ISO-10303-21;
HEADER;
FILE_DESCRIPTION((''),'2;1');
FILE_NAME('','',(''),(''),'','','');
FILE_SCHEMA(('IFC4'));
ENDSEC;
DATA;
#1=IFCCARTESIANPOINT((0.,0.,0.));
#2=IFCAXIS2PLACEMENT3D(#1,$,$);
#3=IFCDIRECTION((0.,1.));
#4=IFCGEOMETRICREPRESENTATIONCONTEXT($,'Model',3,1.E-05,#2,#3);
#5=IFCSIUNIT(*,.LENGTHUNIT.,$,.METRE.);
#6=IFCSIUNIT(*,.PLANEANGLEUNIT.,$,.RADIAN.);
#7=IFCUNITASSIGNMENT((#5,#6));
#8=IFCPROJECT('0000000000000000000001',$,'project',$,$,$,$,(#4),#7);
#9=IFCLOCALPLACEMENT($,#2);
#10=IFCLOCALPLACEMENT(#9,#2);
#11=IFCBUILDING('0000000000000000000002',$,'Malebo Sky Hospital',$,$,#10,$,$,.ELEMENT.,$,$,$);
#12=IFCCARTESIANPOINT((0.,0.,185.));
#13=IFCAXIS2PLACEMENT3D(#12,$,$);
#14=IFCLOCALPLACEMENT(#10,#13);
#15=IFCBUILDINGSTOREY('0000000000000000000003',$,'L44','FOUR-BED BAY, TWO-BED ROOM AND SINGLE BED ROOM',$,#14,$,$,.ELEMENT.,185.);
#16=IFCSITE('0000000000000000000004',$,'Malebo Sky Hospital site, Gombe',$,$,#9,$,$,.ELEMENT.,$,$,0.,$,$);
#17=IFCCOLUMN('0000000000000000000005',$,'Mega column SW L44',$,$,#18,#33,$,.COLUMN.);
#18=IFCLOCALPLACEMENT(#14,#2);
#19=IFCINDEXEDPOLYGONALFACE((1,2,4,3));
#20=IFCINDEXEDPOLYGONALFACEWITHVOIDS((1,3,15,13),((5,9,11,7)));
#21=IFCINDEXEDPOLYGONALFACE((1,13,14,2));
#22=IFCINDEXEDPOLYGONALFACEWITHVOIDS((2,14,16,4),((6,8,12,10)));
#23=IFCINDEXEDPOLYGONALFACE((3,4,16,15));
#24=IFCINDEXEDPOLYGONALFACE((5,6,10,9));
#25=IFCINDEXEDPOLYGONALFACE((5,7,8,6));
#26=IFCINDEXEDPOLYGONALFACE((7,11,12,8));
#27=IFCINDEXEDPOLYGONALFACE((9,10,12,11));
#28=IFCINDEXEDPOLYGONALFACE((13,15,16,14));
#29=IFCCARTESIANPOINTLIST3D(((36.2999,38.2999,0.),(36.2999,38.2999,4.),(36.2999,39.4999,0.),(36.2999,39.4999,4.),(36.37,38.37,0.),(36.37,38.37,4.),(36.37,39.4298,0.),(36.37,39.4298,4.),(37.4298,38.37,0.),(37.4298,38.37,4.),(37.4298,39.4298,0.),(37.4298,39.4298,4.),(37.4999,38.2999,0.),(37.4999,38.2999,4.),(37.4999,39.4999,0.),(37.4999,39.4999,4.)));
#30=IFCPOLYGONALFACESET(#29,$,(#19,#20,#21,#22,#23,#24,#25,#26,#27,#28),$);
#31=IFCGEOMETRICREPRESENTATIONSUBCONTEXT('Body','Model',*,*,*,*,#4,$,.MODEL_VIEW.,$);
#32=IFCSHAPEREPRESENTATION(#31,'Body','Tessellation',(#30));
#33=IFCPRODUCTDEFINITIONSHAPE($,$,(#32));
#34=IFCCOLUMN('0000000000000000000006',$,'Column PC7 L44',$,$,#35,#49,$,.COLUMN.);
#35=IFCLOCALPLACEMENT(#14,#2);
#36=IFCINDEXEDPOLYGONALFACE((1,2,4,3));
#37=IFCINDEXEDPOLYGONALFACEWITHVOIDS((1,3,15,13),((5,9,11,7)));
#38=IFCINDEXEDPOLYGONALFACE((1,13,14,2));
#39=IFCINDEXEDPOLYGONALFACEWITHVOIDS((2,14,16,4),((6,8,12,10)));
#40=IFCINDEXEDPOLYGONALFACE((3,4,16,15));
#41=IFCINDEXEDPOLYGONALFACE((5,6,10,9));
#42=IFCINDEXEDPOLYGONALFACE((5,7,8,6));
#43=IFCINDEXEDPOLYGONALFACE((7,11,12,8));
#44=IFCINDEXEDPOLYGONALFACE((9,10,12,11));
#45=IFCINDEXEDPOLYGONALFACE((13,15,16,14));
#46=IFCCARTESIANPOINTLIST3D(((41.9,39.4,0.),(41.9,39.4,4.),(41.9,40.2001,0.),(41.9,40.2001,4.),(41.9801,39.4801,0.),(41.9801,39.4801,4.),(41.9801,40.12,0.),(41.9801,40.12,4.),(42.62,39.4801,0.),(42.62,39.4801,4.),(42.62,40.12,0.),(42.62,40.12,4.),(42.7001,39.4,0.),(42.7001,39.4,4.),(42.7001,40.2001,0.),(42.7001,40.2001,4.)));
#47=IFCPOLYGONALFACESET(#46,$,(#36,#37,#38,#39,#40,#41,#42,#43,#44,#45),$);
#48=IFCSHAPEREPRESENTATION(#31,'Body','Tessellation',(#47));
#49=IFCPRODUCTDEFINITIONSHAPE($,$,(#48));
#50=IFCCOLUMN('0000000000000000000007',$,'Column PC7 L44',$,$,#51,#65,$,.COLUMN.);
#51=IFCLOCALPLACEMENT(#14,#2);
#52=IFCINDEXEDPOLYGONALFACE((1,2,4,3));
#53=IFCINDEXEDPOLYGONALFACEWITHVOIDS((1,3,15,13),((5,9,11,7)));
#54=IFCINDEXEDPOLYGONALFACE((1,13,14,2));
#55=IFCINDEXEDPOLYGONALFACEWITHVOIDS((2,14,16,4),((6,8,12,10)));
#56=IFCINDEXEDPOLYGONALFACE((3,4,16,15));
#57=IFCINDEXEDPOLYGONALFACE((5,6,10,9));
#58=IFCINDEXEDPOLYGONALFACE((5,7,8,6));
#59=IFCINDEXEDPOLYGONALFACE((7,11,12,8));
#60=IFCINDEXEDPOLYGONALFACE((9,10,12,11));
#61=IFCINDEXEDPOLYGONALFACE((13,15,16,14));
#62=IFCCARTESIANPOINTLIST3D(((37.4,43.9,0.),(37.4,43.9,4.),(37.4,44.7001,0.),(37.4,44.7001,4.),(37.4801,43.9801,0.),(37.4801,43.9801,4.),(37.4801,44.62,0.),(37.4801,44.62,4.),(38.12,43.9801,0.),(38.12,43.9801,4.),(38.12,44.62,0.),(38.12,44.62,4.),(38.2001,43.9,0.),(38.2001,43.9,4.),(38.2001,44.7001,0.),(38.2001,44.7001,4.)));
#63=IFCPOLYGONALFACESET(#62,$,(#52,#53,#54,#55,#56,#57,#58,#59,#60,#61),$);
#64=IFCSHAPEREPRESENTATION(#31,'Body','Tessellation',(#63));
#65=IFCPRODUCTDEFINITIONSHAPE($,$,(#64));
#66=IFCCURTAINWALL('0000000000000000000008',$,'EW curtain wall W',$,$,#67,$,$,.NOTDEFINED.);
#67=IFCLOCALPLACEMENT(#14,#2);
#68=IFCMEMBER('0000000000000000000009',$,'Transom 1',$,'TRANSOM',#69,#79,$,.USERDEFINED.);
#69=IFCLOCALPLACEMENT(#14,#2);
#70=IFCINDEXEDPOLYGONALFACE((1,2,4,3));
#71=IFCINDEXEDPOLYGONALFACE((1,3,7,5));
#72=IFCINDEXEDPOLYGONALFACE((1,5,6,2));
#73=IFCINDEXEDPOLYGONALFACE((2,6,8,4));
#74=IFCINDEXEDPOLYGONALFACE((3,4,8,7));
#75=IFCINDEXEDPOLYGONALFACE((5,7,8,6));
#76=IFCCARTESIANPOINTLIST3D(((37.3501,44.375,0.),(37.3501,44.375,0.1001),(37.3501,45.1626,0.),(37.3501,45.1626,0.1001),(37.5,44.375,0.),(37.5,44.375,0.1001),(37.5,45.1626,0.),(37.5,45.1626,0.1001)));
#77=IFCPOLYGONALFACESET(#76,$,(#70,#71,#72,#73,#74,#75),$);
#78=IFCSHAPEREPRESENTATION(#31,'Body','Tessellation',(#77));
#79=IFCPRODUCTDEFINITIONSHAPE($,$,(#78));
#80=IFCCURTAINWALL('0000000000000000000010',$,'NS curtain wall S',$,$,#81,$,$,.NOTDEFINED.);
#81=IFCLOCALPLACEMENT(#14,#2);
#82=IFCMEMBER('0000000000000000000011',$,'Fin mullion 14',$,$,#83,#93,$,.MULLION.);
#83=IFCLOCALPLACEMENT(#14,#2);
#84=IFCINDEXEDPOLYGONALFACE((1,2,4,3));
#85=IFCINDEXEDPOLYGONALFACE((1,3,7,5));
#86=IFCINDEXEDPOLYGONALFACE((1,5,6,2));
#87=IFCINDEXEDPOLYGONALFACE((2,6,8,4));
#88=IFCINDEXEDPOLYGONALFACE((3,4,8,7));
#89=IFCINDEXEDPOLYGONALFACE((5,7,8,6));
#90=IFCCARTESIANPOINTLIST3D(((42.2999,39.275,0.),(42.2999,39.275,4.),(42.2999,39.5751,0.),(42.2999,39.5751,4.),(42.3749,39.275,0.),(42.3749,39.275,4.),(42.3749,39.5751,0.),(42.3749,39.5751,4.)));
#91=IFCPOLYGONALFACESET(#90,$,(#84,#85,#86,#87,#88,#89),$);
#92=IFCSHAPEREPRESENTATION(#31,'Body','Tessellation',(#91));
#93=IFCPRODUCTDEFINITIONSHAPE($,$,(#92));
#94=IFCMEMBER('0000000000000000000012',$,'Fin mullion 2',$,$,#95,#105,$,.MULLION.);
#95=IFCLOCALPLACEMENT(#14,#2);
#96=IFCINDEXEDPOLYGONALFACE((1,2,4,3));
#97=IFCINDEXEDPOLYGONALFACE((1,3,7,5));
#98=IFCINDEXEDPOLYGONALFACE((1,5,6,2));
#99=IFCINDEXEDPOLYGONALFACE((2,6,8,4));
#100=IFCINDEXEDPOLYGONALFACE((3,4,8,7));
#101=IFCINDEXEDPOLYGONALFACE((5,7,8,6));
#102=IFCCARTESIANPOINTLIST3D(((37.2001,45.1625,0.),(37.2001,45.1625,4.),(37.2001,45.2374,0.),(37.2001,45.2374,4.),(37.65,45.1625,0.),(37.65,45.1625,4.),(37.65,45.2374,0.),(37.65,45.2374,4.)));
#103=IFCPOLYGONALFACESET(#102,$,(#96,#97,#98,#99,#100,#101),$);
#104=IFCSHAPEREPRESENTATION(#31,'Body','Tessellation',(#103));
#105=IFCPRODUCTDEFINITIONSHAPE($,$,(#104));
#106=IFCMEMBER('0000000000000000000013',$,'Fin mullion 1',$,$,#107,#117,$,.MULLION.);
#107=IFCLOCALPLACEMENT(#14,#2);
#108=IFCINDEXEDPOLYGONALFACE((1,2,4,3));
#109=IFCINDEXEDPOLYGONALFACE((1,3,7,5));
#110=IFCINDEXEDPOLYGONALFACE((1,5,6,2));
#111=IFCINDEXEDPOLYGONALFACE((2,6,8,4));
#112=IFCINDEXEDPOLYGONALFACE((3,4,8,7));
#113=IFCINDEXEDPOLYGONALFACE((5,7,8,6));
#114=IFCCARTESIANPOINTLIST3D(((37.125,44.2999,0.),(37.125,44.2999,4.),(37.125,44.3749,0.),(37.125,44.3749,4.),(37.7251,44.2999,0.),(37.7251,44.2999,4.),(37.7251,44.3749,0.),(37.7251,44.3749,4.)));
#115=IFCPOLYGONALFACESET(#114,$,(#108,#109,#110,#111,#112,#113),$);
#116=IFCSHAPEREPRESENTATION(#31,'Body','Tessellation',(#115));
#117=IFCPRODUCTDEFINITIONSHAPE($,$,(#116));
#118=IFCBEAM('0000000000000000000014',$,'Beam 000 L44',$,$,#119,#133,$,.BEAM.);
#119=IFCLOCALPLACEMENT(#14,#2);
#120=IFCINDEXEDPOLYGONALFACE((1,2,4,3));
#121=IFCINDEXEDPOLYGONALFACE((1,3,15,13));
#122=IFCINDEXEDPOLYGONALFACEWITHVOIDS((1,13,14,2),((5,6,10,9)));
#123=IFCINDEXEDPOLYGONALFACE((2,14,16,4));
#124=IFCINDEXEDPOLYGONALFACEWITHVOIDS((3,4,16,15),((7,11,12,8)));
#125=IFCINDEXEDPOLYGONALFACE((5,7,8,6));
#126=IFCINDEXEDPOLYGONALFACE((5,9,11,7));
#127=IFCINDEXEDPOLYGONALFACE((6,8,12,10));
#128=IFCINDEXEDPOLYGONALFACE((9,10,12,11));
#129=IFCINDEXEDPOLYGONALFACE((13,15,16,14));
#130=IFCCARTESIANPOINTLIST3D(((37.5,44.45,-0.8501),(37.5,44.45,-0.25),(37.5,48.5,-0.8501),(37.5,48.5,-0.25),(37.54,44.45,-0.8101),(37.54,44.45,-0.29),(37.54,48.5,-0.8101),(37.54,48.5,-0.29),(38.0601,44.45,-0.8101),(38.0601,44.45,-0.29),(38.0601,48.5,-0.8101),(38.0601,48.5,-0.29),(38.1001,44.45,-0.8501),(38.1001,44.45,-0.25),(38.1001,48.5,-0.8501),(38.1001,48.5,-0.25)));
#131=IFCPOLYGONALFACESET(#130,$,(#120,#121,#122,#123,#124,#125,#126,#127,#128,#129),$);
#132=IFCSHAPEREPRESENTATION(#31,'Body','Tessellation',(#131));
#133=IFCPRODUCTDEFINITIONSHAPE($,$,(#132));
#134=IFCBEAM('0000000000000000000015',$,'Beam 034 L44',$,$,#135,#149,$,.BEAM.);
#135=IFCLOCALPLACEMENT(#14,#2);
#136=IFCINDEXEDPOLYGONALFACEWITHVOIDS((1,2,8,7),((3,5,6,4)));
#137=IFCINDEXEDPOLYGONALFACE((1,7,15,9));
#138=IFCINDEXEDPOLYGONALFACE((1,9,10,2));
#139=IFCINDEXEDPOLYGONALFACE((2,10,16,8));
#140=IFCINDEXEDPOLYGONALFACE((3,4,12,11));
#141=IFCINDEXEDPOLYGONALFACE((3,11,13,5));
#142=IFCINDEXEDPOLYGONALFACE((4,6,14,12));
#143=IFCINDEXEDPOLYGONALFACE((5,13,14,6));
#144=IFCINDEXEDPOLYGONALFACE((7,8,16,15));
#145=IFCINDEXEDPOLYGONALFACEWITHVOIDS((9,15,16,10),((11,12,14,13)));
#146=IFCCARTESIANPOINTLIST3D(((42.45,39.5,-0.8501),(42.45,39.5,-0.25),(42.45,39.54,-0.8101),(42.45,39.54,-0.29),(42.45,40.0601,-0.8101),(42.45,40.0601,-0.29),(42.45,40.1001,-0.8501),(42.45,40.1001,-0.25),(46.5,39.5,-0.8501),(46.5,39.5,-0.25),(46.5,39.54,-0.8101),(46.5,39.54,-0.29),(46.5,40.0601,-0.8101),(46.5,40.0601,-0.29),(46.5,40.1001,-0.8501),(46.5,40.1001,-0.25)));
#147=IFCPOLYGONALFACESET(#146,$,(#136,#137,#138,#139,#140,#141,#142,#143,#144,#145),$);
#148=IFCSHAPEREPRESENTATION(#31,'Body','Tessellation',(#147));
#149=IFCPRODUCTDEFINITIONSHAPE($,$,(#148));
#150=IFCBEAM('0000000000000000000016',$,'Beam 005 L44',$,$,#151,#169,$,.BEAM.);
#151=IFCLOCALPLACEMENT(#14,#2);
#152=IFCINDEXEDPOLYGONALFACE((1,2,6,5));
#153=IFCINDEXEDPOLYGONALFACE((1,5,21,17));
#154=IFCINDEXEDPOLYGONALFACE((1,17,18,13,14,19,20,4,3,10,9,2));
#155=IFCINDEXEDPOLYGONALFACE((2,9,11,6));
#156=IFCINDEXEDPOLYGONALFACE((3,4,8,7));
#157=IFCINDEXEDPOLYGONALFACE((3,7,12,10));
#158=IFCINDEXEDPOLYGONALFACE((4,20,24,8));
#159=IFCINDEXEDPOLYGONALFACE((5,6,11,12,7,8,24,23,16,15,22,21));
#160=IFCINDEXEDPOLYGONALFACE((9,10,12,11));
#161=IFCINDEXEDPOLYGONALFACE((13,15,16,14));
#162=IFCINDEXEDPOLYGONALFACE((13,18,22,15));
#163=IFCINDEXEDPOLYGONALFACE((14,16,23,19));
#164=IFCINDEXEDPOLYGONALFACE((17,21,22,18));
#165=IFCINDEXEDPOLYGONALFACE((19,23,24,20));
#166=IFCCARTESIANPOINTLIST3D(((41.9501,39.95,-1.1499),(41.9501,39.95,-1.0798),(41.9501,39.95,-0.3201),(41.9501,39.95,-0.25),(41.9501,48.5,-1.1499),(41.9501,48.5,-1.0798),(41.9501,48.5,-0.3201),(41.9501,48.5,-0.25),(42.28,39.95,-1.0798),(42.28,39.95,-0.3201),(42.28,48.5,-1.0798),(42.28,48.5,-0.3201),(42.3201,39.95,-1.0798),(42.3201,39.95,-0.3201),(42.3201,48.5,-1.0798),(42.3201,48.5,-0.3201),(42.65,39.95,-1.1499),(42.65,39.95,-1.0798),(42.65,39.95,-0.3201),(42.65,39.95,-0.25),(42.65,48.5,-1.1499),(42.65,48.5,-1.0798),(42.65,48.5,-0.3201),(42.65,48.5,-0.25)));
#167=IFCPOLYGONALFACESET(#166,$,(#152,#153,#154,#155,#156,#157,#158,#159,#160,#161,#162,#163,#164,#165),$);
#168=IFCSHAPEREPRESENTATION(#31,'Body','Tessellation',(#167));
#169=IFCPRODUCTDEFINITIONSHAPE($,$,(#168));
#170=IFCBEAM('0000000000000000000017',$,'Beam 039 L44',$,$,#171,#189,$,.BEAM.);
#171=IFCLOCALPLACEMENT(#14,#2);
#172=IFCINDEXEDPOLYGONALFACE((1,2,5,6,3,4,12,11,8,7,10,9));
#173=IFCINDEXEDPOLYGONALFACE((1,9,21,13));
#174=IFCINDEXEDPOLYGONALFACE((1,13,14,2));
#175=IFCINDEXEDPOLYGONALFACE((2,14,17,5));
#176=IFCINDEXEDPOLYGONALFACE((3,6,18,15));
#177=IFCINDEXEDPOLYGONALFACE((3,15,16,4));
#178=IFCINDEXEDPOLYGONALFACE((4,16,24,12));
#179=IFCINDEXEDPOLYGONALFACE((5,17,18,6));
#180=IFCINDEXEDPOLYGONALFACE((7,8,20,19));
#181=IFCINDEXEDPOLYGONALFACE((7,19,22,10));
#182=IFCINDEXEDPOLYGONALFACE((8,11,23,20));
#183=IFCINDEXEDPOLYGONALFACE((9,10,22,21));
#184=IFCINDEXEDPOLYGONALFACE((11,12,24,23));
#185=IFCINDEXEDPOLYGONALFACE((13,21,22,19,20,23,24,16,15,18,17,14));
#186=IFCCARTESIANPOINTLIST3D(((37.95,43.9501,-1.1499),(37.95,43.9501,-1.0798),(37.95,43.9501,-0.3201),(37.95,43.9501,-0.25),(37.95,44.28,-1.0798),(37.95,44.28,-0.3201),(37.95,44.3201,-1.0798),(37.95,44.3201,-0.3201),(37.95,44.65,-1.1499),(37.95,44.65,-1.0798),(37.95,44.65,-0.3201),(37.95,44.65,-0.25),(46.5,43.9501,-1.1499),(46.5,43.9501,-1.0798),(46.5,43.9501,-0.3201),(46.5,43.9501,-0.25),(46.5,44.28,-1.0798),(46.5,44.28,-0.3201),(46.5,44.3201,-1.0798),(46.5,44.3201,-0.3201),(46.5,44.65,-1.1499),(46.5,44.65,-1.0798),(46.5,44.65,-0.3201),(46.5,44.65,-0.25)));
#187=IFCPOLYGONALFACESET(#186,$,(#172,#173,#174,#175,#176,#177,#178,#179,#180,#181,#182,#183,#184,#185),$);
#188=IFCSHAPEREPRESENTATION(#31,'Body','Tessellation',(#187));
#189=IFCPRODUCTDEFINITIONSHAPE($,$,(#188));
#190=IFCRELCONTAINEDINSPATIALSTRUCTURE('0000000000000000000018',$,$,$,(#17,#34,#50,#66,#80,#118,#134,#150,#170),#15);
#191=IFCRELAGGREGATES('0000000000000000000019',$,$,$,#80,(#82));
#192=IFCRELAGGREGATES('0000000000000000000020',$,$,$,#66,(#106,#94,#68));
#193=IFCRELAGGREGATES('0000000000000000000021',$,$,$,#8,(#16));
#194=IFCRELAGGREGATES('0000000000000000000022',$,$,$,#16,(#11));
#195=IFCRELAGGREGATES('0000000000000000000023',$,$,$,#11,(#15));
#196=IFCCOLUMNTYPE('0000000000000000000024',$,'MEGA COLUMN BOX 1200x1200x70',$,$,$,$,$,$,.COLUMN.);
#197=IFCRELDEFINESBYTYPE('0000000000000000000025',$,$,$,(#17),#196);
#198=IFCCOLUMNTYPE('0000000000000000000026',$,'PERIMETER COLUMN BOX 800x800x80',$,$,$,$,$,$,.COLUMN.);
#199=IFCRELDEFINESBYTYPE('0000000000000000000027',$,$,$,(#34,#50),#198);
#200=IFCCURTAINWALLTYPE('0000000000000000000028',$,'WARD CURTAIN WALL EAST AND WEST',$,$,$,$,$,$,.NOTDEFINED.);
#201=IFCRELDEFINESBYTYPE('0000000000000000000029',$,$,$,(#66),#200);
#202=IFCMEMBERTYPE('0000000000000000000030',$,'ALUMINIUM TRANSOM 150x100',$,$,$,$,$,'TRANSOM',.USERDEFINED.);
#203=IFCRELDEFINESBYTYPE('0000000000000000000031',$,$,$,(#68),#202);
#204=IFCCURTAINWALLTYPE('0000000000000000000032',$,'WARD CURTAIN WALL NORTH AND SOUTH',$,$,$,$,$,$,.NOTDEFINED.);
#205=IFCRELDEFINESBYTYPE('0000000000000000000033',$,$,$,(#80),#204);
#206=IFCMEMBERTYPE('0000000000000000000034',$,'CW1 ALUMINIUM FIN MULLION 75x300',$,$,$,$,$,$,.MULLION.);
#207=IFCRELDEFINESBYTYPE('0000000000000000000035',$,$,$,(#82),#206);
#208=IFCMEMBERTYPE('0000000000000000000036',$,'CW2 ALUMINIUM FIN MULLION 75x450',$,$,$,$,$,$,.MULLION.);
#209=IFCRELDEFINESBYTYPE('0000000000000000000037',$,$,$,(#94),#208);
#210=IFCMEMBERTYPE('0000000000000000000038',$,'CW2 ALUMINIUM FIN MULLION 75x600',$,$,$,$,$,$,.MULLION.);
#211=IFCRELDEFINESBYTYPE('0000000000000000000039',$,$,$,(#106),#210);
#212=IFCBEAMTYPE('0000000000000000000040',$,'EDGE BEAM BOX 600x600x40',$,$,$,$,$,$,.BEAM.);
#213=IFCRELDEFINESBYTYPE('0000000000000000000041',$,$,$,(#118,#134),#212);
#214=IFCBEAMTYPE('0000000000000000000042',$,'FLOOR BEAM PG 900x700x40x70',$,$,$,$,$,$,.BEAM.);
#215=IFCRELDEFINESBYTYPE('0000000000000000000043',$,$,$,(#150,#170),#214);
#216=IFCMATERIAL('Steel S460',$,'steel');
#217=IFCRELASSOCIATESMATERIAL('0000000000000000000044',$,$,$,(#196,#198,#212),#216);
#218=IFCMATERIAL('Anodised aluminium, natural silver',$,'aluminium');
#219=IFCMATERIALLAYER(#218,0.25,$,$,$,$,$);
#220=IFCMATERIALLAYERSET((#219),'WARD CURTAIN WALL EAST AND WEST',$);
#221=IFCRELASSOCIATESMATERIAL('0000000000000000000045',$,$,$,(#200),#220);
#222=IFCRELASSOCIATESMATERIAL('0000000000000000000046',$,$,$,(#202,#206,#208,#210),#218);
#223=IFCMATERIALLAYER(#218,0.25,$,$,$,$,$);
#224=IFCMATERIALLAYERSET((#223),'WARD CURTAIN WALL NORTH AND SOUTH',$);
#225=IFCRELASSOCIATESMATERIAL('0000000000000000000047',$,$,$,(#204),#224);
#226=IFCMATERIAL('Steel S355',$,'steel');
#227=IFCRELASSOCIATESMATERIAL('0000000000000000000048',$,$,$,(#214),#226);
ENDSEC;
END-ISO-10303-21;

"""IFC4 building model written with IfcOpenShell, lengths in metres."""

from ifc_helpers import new_model, si_unit, direction, frame, origin, origin_2d, place, context, subcontext, project, spatial, rectangle, hollow_rectangle, i_section, extrude, material, layer, layer_set, material_profile, profile_set, type_object, element, aggregate, save


model = new_model("IFC4")

# Units and contexts
model_context = context("Model", 3, precision=1e-05, world=origin(), true_north=direction((0.0, 1.0)))
body_context = subcontext(model_context, "Body", "Model", "MODEL_VIEW")
ifc_project = project(units=[si_unit("LENGTHUNIT", "METRE"), si_unit("PLANEANGLEUNIT", "RADIAN")], contexts=[model_context])

# Site, building, storey
site_placement = place(None, origin())
site = spatial("IfcSite", under=ifc_project, at=site_placement, Name="Malebo Sky Hospital site, Gombe", CompositionType="ELEMENT", RefElevation=0.0)
building_placement = place(site_placement, origin())
building = spatial("IfcBuilding", under=site, at=building_placement, Name="Malebo Sky Hospital", CompositionType="ELEMENT")
storey_placement = place(building_placement, frame((0.0, 0.0, 185.0)))
storey = spatial("IfcBuildingStorey", under=building, at=storey_placement, Name="L44", Description="FOUR-BED BAY, TWO-BED ROOM AND SINGLE BED ROOM", CompositionType="ELEMENT", Elevation=185.0)

# Columns
ifc_material_1 = material(Name="Steel S460", Category="steel")
ifc_material_profile_1 = material_profile(ifc_material_1, hollow_rectangle(XDim=1.2, YDim=1.2, WallThickness=0.0701, at=origin_2d()), Name="BOX 1200x1200x70")
ifc_profile_set_1 = profile_set([ifc_material_profile_1], Name="Steel S460")
column_type_1 = type_object("IfcColumnType", Name="MEGA COLUMN BOX 1200x1200x70", PredefinedType="COLUMN", material=ifc_profile_set_1)
column_placement = place(storey_placement, frame((36.8999, 38.8999, 0.0), z_axis=(0.0, 0.0, 1.0), x_axis=(1.0, 0.0, 0.0)))
element("IfcColumn", 1, at=column_placement, inside=storey, type_object=column_type_1, Name="Mega column SW L44", PredefinedType="COLUMN", context=body_context, shape_type="SweptSolid", body=[
    extrude(hollow_rectangle(XDim=1.2, YDim=1.2, WallThickness=0.0701, at=origin_2d()), origin(), (0.0, 0.0, 1.0), 4.0),
])
ifc_material_profile_2 = material_profile(ifc_material_1, hollow_rectangle(XDim=0.8, YDim=0.8, WallThickness=0.0801, at=origin_2d()), Name="BOX 800x800x80")
ifc_profile_set_2 = profile_set([ifc_material_profile_2], Name="Steel S460")
column_type_2 = type_object("IfcColumnType", Name="PERIMETER COLUMN BOX 800x800x80", PredefinedType="COLUMN", material=ifc_profile_set_2)
for number, where, z_axis, x_axis, name in (
    (2, (42.3, 39.8, 0.0), (0.0, 0.0, 1.0), (1.0, 0.0, 0.0), "Column PC7 L44"),
    (3, (37.8, 44.3, 0.0), (0.0, 0.0, 1.0), (1.0, 0.0, 0.0), "Column PC7 L44"),
):
    element("IfcColumn", number, at=place(storey_placement, frame(where, z_axis=z_axis, x_axis=x_axis)), inside=storey, type_object=column_type_2, Name=name, PredefinedType="COLUMN", context=body_context, shape_type="SweptSolid", body=[
        extrude(hollow_rectangle(XDim=0.8, YDim=0.8, WallThickness=0.0801, at=origin_2d()), origin(), (0.0, 0.0, 1.0), 4.0),
    ])

# Curtain walls, members
ifc_material_2 = material(Name="Anodised aluminium, natural silver", Category="aluminium")
ifc_layer_1 = layer(ifc_material_2, 0.25)
ifc_layer_set_1 = layer_set([ifc_layer_1], Name="WARD CURTAIN WALL EAST AND WEST")
curtain_wall_type_1 = type_object("IfcCurtainWallType", Name="WARD CURTAIN WALL EAST AND WEST", PredefinedType="NOTDEFINED", material=ifc_layer_set_1)
curtain_wall_1_placement = place(storey_placement, origin())
curtain_wall_1 = element("IfcCurtainWall", 4, at=curtain_wall_1_placement, inside=storey, type_object=curtain_wall_type_1, Name="EW curtain wall W", PredefinedType="NOTDEFINED")
ifc_material_profile_3 = material_profile(ifc_material_2, rectangle(XDim=0.1499, YDim=0.1001, at=origin_2d()), Name="ALUMINIUM TRANSOM 150x100")
ifc_profile_set_3 = profile_set([ifc_material_profile_3], Name="Anodised aluminium, natural silver")
member_type_1 = type_object("IfcMemberType", Name="ALUMINIUM TRANSOM 150x100", ElementType="TRANSOM", PredefinedType="USERDEFINED", material=ifc_profile_set_3)
member_1_placement = place(storey_placement, frame((37.425, 44.375, 0.05), z_axis=(0.0, 1.0, 0.0), x_axis=(-1.0, 0.0, 0.0)))
member_1 = element("IfcMember", 5, at=member_1_placement, type_object=member_type_1, Name="Transom 1", ObjectType="TRANSOM", PredefinedType="USERDEFINED", context=body_context, shape_type="SweptSolid", body=[
    extrude(rectangle(XDim=0.1499, YDim=0.1001, at=origin_2d()), origin(), (0.0, 0.0, 1.0), 0.7876),
])
ifc_layer_2 = layer(ifc_material_2, 0.25)
ifc_layer_set_2 = layer_set([ifc_layer_2], Name="WARD CURTAIN WALL NORTH AND SOUTH")
curtain_wall_type_2 = type_object("IfcCurtainWallType", Name="WARD CURTAIN WALL NORTH AND SOUTH", PredefinedType="NOTDEFINED", material=ifc_layer_set_2)
curtain_wall_2_placement = place(storey_placement, origin())
curtain_wall_2 = element("IfcCurtainWall", 6, at=curtain_wall_2_placement, inside=storey, type_object=curtain_wall_type_2, Name="NS curtain wall S", PredefinedType="NOTDEFINED")
ifc_material_profile_4 = material_profile(ifc_material_2, rectangle(XDim=0.075, YDim=0.3, at=origin_2d()), Name="CW1 ALUMINIUM FIN MULLION 75x300")
ifc_profile_set_4 = profile_set([ifc_material_profile_4], Name="Anodised aluminium, natural silver")
member_type_2 = type_object("IfcMemberType", Name="CW1 ALUMINIUM FIN MULLION 75x300", PredefinedType="MULLION", material=ifc_profile_set_4)
member_2_placement = place(storey_placement, frame((42.3374, 39.425, 0.0), z_axis=(0.0, 0.0, 1.0), x_axis=(-1.0, 0.0, 0.0)))
member_2 = element("IfcMember", 7, at=member_2_placement, type_object=member_type_2, Name="Fin mullion 14", PredefinedType="MULLION", context=body_context, shape_type="SweptSolid", body=[
    extrude(rectangle(XDim=0.075, YDim=0.3, at=origin_2d()), origin(), (0.0, 0.0, 1.0), 4.0),
])
aggregate(curtain_wall_2, [member_2])

# Members
ifc_material_profile_5 = material_profile(ifc_material_2, rectangle(XDim=0.075, YDim=0.45, at=origin_2d()), Name="CW2 ALUMINIUM FIN MULLION 75x450")
ifc_profile_set_5 = profile_set([ifc_material_profile_5], Name="Anodised aluminium, natural silver")
member_type_3 = type_object("IfcMemberType", Name="CW2 ALUMINIUM FIN MULLION 75x450", PredefinedType="MULLION", material=ifc_profile_set_5)
member_3_placement = place(storey_placement, frame((37.425, 45.2, 0.0), z_axis=(0.0, 0.0, 1.0), x_axis=(0.0, 1.0, 0.0)))
member_3 = element("IfcMember", 8, at=member_3_placement, type_object=member_type_3, Name="Fin mullion 2", PredefinedType="MULLION", context=body_context, shape_type="SweptSolid", body=[
    extrude(rectangle(XDim=0.075, YDim=0.45, at=origin_2d()), origin(), (0.0, 0.0, 1.0), 4.0),
])
ifc_material_profile_6 = material_profile(ifc_material_2, rectangle(XDim=0.075, YDim=0.6001, at=origin_2d()), Name="CW2 ALUMINIUM FIN MULLION 75x600")
ifc_profile_set_6 = profile_set([ifc_material_profile_6], Name="Anodised aluminium, natural silver")
member_type_4 = type_object("IfcMemberType", Name="CW2 ALUMINIUM FIN MULLION 75x600", PredefinedType="MULLION", material=ifc_profile_set_6)
member_4_placement = place(storey_placement, frame((37.425, 44.3374, 0.0), z_axis=(0.0, 0.0, 1.0), x_axis=(0.0, 1.0, 0.0)))
member_4 = element("IfcMember", 9, at=member_4_placement, type_object=member_type_4, Name="Fin mullion 1", PredefinedType="MULLION", context=body_context, shape_type="SweptSolid", body=[
    extrude(rectangle(XDim=0.075, YDim=0.6001, at=origin_2d()), origin(), (0.0, 0.0, 1.0), 4.0),
])

# Beams
ifc_material_profile_7 = material_profile(ifc_material_1, hollow_rectangle(XDim=0.6001, YDim=0.6001, WallThickness=0.04, at=origin_2d()), Name="BOX 600x600x40")
ifc_profile_set_7 = profile_set([ifc_material_profile_7], Name="Steel S460")
beam_type_1 = type_object("IfcBeamType", Name="EDGE BEAM BOX 600x600x40", PredefinedType="BEAM", material=ifc_profile_set_7)
for number, where, z_axis, x_axis, name in (
    (10, (37.8, 44.45, -0.55), (0.0, 1.0, 0.0), (-1.0, 0.0, 0.0), "Beam 000 L44"),
    (11, (42.45, 39.8, -0.55), (1.0, 0.0, 0.0), (0.0, 1.0, 0.0), "Beam 034 L44"),
):
    element("IfcBeam", number, at=place(storey_placement, frame(where, z_axis=z_axis, x_axis=x_axis)), inside=storey, type_object=beam_type_1, Name=name, PredefinedType="BEAM", context=body_context, shape_type="SweptSolid", body=[
        extrude(hollow_rectangle(XDim=0.6001, YDim=0.6001, WallThickness=0.04, at=origin_2d()), origin(), (0.0, 0.0, 1.0), 4.05),
    ])
ifc_material_3 = material(Name="Steel S355", Category="steel")
ifc_material_profile_8 = material_profile(ifc_material_3, i_section(OverallWidth=0.7, OverallDepth=0.8999, WebThickness=0.04, FlangeThickness=0.0701, at=origin_2d()), Name="PG 900x700x40x70")
ifc_profile_set_8 = profile_set([ifc_material_profile_8], Name="Steel S355")
beam_type_2 = type_object("IfcBeamType", Name="FLOOR BEAM PG 900x700x40x70", PredefinedType="BEAM", material=ifc_profile_set_8)
for number, where, z_axis, x_axis, name in (
    (12, (42.3, 39.95, -0.7), (0.0, 1.0, 0.0), (-1.0, 0.0, 0.0), "Beam 005 L44"),
    (13, (37.95, 44.3, -0.7), (1.0, 0.0, 0.0), (0.0, 1.0, 0.0), "Beam 039 L44"),
):
    element("IfcBeam", number, at=place(storey_placement, frame(where, z_axis=z_axis, x_axis=x_axis)), inside=storey, type_object=beam_type_2, Name=name, PredefinedType="BEAM", context=body_context, shape_type="SweptSolid", body=[
        extrude(i_section(OverallWidth=0.7, OverallDepth=0.8999, WebThickness=0.04, FlangeThickness=0.0701, at=origin_2d()), origin(), (0.0, 0.0, 1.0), 8.55),
    ])

aggregate(curtain_wall_1, [member_4, member_3, member_1])

save(model, "model.ifc")
